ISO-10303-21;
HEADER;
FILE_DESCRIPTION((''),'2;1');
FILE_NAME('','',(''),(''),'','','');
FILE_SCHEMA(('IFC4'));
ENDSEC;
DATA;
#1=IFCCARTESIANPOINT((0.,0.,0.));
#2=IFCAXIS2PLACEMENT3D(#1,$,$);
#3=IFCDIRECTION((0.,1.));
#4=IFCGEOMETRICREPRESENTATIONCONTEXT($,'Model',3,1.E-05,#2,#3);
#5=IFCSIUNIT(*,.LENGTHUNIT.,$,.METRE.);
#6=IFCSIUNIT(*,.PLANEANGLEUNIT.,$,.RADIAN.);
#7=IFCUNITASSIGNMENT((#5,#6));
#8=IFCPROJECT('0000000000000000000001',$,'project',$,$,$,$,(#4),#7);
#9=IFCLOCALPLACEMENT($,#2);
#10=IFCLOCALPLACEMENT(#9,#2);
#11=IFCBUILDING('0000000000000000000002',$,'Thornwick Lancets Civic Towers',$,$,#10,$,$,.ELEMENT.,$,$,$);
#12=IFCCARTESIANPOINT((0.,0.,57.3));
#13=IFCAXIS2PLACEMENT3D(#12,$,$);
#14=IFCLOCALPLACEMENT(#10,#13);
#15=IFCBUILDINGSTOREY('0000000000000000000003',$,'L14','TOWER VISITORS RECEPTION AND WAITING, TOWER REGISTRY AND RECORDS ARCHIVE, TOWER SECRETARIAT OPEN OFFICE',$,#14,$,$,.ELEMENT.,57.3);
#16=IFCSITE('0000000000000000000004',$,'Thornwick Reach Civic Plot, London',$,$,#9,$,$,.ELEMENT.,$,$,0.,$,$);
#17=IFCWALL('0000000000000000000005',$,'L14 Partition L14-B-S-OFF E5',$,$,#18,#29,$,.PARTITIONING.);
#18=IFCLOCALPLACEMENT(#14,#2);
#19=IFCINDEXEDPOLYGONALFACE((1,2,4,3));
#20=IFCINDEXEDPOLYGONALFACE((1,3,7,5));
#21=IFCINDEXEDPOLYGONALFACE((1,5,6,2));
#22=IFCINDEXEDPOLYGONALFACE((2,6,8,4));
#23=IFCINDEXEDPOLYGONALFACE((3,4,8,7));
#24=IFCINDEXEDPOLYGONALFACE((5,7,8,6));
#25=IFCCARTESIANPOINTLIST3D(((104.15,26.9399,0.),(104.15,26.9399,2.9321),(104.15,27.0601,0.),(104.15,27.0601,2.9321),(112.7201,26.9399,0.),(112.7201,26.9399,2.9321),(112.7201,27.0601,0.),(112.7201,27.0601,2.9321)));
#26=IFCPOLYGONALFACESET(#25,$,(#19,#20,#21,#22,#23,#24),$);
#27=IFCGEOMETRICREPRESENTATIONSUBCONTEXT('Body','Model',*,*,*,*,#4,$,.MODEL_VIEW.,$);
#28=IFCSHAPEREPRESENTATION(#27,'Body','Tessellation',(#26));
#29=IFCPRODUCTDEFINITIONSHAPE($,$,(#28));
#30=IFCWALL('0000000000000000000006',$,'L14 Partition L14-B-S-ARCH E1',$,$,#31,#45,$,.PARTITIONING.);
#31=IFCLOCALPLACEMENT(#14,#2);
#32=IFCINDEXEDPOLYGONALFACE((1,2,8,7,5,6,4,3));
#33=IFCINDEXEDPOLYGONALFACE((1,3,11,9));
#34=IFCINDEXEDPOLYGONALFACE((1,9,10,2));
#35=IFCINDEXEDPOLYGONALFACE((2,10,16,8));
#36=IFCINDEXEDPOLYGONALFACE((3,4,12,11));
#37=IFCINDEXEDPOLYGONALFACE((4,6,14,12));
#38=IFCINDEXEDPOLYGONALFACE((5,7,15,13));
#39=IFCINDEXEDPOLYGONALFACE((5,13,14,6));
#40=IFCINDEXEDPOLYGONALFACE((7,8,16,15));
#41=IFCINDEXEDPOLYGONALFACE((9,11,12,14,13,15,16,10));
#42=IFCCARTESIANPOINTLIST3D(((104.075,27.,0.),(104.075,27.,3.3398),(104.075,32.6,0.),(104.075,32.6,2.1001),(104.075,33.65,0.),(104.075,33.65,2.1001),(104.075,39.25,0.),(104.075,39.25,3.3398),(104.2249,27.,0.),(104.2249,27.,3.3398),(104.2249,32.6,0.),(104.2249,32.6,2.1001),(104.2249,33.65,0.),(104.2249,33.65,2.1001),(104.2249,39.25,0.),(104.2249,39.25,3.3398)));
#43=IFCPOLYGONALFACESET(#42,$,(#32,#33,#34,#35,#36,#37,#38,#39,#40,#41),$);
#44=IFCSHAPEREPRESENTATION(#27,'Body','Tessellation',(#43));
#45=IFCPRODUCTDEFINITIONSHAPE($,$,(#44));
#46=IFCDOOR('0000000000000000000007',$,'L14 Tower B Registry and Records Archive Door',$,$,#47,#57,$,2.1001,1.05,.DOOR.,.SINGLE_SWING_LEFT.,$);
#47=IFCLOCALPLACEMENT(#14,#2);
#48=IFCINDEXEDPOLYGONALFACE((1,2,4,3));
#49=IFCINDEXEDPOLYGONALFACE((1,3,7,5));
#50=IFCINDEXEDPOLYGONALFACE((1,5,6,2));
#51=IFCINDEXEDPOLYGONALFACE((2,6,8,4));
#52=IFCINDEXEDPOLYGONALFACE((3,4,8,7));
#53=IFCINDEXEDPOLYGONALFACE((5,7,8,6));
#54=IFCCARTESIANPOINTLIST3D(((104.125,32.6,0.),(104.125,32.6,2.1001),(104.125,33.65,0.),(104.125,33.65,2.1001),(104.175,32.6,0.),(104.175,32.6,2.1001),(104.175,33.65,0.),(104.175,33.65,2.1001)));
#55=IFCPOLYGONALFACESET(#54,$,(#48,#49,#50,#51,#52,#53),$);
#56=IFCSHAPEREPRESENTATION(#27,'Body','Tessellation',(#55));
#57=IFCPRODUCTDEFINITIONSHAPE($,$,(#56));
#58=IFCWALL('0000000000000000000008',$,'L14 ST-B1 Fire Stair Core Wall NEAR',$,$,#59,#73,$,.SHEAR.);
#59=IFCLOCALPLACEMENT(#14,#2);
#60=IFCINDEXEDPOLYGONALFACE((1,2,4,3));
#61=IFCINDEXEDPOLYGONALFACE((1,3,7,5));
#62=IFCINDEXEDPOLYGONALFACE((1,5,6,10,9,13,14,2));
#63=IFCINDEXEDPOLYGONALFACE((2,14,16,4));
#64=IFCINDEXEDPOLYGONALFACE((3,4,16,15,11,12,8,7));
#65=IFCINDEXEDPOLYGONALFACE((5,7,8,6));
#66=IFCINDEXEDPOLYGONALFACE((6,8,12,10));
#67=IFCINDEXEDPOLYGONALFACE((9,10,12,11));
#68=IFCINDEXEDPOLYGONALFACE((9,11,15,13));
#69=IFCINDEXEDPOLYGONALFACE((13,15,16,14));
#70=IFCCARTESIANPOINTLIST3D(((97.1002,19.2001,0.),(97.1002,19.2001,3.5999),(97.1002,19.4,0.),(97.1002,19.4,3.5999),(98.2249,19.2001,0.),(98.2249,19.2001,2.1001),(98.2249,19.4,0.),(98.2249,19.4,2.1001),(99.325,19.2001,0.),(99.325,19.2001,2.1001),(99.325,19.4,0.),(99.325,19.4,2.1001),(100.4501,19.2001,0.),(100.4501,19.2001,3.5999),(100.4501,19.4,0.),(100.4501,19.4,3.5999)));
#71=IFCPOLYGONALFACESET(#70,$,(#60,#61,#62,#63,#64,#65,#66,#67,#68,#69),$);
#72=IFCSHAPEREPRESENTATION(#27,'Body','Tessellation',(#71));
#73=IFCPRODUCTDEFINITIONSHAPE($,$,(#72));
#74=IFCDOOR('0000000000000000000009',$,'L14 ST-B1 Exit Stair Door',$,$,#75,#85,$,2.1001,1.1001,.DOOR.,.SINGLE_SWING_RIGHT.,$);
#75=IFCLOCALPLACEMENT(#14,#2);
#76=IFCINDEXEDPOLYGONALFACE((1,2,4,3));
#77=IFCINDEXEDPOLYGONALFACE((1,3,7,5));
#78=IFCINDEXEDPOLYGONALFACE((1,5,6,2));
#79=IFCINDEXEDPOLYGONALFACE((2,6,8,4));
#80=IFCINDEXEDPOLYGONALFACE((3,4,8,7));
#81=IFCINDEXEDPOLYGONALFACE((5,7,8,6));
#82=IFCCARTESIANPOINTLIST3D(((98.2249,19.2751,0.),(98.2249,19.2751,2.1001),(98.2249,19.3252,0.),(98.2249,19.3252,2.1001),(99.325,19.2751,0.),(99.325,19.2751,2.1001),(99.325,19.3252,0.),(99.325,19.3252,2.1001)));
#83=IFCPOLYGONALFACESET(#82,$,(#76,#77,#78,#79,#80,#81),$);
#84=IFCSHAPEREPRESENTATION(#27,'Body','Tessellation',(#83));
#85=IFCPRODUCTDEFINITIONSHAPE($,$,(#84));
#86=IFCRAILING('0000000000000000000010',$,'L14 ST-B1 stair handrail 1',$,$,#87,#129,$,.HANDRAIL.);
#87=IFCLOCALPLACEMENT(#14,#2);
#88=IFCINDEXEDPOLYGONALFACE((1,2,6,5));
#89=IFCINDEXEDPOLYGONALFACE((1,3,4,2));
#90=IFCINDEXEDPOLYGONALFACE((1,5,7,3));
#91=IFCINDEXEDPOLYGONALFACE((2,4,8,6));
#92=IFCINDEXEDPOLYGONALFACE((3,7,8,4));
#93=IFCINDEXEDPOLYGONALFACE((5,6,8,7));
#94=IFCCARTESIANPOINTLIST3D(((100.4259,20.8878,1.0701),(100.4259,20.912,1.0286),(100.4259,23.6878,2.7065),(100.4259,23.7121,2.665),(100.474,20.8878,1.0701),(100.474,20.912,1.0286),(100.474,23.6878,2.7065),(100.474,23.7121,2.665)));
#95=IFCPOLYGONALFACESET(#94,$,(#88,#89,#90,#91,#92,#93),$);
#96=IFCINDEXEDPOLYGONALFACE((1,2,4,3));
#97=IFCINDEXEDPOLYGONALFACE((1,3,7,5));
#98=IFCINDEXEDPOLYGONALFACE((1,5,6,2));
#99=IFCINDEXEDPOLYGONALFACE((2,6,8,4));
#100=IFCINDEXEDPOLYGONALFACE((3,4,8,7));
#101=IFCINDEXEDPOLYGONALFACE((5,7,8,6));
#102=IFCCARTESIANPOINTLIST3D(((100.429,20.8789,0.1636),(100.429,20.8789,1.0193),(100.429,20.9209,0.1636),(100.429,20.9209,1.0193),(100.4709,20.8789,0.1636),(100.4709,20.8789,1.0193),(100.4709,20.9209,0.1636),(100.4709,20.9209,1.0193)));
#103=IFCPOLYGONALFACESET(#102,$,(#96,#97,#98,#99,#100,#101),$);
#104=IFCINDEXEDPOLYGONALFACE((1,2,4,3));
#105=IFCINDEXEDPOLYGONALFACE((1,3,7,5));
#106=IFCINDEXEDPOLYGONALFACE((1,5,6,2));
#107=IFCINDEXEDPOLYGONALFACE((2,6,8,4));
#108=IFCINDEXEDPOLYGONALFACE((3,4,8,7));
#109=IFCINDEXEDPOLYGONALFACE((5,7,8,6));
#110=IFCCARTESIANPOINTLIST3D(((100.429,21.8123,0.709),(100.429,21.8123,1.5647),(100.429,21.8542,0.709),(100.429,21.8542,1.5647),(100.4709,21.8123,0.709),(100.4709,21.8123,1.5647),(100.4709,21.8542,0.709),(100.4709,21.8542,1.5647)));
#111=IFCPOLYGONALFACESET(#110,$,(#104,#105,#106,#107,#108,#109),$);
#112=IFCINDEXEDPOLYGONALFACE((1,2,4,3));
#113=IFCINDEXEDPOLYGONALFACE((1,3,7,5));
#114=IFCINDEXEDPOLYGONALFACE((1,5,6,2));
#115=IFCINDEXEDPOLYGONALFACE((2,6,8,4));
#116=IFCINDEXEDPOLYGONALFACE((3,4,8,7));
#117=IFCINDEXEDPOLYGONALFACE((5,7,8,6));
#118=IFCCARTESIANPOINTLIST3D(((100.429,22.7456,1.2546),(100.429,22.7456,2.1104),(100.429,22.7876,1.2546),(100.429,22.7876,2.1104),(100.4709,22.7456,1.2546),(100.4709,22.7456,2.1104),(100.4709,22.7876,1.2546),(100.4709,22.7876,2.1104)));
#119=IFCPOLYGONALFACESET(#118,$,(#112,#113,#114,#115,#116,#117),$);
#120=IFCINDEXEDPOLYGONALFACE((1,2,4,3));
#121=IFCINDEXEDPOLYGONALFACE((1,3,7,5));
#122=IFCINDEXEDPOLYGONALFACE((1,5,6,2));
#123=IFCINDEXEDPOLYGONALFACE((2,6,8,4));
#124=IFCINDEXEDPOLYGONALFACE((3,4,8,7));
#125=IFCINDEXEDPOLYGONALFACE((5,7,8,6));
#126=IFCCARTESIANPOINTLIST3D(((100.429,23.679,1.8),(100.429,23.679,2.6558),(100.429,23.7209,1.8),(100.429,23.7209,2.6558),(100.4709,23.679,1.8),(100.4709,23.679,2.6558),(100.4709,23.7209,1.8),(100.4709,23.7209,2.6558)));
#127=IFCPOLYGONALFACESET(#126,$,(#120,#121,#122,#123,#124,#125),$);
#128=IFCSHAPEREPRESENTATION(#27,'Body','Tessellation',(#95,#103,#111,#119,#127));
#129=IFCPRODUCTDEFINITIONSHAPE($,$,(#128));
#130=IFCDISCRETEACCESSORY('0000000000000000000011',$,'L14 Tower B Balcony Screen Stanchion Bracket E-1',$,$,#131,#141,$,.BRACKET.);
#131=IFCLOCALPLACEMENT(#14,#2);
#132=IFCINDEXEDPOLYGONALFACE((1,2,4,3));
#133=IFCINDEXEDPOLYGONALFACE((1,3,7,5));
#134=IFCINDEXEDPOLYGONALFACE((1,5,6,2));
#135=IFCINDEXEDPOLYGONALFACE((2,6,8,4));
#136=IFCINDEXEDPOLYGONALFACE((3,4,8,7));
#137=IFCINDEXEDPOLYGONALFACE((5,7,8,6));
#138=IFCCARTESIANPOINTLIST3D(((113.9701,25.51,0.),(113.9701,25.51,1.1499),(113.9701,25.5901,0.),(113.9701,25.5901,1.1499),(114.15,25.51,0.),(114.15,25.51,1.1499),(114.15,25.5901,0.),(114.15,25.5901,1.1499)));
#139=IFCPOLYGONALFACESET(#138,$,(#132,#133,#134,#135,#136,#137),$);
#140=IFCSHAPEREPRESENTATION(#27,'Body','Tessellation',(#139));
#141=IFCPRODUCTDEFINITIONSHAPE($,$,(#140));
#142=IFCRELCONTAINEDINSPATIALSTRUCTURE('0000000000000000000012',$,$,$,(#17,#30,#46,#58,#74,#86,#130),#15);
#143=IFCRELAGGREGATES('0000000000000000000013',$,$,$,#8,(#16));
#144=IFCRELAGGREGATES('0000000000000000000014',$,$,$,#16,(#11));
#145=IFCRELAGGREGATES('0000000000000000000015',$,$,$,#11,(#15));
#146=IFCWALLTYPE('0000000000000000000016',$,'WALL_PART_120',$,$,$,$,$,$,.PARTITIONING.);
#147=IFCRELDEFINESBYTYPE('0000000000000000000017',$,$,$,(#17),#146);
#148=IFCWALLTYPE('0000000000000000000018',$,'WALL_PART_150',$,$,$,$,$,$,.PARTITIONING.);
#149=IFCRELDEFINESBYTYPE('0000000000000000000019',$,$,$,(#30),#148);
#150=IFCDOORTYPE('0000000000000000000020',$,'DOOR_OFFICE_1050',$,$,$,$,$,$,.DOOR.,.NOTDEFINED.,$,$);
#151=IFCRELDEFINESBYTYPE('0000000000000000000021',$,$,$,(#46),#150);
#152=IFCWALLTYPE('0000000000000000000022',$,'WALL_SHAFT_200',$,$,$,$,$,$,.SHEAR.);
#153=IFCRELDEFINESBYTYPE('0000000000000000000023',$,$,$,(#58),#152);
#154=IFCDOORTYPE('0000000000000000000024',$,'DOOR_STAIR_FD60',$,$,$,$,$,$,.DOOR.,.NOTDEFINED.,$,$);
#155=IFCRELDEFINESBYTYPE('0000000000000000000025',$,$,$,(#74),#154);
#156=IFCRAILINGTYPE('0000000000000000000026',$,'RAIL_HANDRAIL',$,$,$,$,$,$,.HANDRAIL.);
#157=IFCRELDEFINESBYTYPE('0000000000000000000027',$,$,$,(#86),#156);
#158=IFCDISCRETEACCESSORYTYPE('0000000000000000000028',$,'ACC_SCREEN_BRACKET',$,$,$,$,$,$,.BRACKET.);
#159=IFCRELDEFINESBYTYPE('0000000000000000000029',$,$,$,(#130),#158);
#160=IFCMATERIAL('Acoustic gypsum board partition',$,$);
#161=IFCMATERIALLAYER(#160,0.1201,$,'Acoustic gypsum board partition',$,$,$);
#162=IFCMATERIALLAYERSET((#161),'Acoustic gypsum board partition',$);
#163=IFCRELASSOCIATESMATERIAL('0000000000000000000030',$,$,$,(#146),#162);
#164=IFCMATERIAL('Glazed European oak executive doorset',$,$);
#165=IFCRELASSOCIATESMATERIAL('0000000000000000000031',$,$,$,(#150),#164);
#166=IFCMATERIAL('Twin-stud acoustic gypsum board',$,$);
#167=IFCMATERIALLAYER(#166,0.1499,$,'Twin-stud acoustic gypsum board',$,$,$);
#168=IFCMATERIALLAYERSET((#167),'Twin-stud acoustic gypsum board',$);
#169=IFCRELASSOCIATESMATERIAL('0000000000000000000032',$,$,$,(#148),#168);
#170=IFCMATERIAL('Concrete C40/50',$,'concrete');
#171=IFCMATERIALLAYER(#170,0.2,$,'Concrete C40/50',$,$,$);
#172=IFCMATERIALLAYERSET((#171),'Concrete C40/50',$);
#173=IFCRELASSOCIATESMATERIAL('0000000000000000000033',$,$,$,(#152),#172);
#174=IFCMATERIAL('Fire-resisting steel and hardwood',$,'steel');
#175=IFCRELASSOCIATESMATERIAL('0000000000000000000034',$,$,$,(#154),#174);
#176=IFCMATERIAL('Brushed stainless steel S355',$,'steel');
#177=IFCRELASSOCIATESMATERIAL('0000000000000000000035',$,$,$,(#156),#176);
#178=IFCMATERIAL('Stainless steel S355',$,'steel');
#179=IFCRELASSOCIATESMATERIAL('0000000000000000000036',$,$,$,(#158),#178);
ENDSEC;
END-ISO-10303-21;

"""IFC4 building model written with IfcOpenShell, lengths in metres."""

from ifc_helpers import new_model, si_unit, direction, frame, frame_2d, origin, origin_2d, place, context, subcontext, project, spatial, rectangle, extrude, material, layer, layer_set, type_object, element, fill, save


model = new_model("IFC4")

# Units and contexts
model_context = context("Model", 3, precision=1e-05, world=origin(), true_north=direction((0.0, 1.0)))
body_context = subcontext(model_context, "Body", "Model", "MODEL_VIEW")
ifc_project = project(units=[si_unit("LENGTHUNIT", "METRE"), si_unit("PLANEANGLEUNIT", "RADIAN")], contexts=[model_context])

# Site, building, storey
site_placement = place(None, origin())
site = spatial("IfcSite", under=ifc_project, at=site_placement, Name="Thornwick Reach Civic Plot, London", CompositionType="ELEMENT", RefElevation=0.0)
building_placement = place(site_placement, origin())
building = spatial("IfcBuilding", under=site, at=building_placement, Name="Thornwick Lancets Civic Towers", CompositionType="ELEMENT")
storey_placement = place(building_placement, frame((0.0, 0.0, 57.3)))
storey = spatial("IfcBuildingStorey", under=building, at=storey_placement, Name="L14", Description="TOWER VISITORS RECEPTION AND WAITING, TOWER REGISTRY AND RECORDS ARCHIVE, TOWER SECRETARIAT OPEN OFFICE", CompositionType="ELEMENT", Elevation=57.3)

# Shared definitions
ifc_material_1 = material(Name="Concrete C40/50", Category="concrete")

# Shared definitions
ifc_material_2 = material(Name="Acoustic gypsum board partition")
ifc_layer_1 = layer(ifc_material_2, 0.1201, Name="Acoustic gypsum board partition")
ifc_layer_set_1 = layer_set([ifc_layer_1], Name="Acoustic gypsum board partition")
wall_type_1 = type_object("IfcWallType", Name="WALL_PART_120", PredefinedType="PARTITIONING", material=ifc_layer_set_1)

# Shared definitions
ifc_material_3 = material(Name="Glazed European oak executive doorset")
door_type_1 = type_object("IfcDoorType", Name="DOOR_OFFICE_1050", OperationType="NOTDEFINED", PredefinedType="DOOR", material=ifc_material_3)

# Wall
wall_1_placement = place(storey_placement, frame((104.1499, 27.0, 0.0), z_axis=(0.0, 0.0, 1.0), x_axis=(1.0, 0.0, 0.0)))
element("IfcWall", 1, at=wall_1_placement, inside=storey, type_object=wall_type_1, Name="L14 Partition L14-B-S-OFF E5", PredefinedType="PARTITIONING", context=body_context, shape_type="SweptSolid", body=[
    extrude(rectangle(XDim=8.5701, YDim=0.1201, at=frame_2d((4.2852, 0.0))), origin(), (0.0, 0.0, 1.0), 2.9321),
])

# Walls, openings, doors
ifc_material_4 = material(Name="Twin-stud acoustic gypsum board")
ifc_layer_2 = layer(ifc_material_4, 0.1499, Name="Twin-stud acoustic gypsum board")
ifc_layer_set_2 = layer_set([ifc_layer_2], Name="Twin-stud acoustic gypsum board")
wall_type_2 = type_object("IfcWallType", Name="WALL_PART_150", PredefinedType="PARTITIONING", material=ifc_layer_set_2)
wall_2_placement = place(storey_placement, frame((104.1499, 27.0, 0.0), z_axis=(0.0, 0.0, 1.0), x_axis=(0.0, 1.0, 0.0)))
wall_2 = element("IfcWall", 2, at=wall_2_placement, inside=storey, type_object=wall_type_2, Name="L14 Partition L14-B-S-ARCH E1", PredefinedType="PARTITIONING", context=body_context, shape_type="SweptSolid", body=[
    extrude(rectangle(XDim=12.25, YDim=0.1499, at=frame_2d((6.125, 0.0))), origin(), (0.0, 0.0, 1.0), 3.3398),
])
opening_1_placement = place(wall_2_placement, frame((5.6001, 0.0, 0.0)))
opening_1 = element("IfcOpeningElement", 3, at=opening_1_placement, cuts=wall_2, PredefinedType="OPENING", context=body_context, shape_type="SweptSolid", body=[
    extrude(rectangle(XDim=1.05, YDim=2.1001, at=frame_2d((0.5249, 1.05))), frame((0.0, 0.085, 0.0), z_axis=(0.0, -1.0, 0.0), x_axis=(1.0, 0.0, 0.0)), (0.0, 0.0, 1.0), 0.1699),
])
door_1_placement = place(opening_1_placement, origin())
door_1 = element("IfcDoor", 4, at=door_1_placement, inside=storey, type_object=door_type_1, Name="L14 Tower B Registry and Records Archive Door", OperationType="SINGLE_SWING_LEFT", OverallHeight=2.1001, OverallWidth=1.05, PredefinedType="DOOR", context=body_context, shape_type="SweptSolid", body=[
    extrude(rectangle(XDim=1.05, YDim=2.1001, at=frame_2d((0.5249, 1.05))), frame((0.0, 0.0249, 0.0), z_axis=(0.0, -1.0, 0.0), x_axis=(1.0, 0.0, 0.0)), (0.0, 0.0, 1.0), 0.05),
])
fill(opening_1, door_1)
ifc_layer_3 = layer(ifc_material_1, 0.2, Name="Concrete C40/50")
ifc_layer_set_3 = layer_set([ifc_layer_3], Name="Concrete C40/50")
wall_type_3 = type_object("IfcWallType", Name="WALL_SHAFT_200", PredefinedType="SHEAR", material=ifc_layer_set_3)
wall_3_placement = place(storey_placement, frame((100.45, 19.3, 0.0), z_axis=(0.0, 0.0, 1.0), x_axis=(-1.0, 0.0, 0.0)))
wall_3 = element("IfcWall", 5, at=wall_3_placement, inside=storey, type_object=wall_type_3, Name="L14 ST-B1 Fire Stair Core Wall NEAR", PredefinedType="SHEAR", context=body_context, shape_type="SweptSolid", body=[
    extrude(rectangle(XDim=3.3499, YDim=0.2, at=frame_2d((1.6748, 0.0))), origin(), (0.0, 0.0, 1.0), 3.5999),
])
opening_2_placement = place(wall_3_placement, frame((1.125, 0.0, 0.0)))
opening_2 = element("IfcOpeningElement", 6, at=opening_2_placement, cuts=wall_3, PredefinedType="OPENING", context=body_context, shape_type="SweptSolid", body=[
    extrude(rectangle(XDim=1.1001, YDim=2.1001, at=frame_2d((0.55, 1.05))), frame((0.0, 0.1099, 0.0), z_axis=(0.0, -1.0, 0.0), x_axis=(1.0, 0.0, 0.0)), (0.0, 0.0, 1.0), 0.22),
])
ifc_material_5 = material(Name="Fire-resisting steel and hardwood", Category="steel")
door_type_2 = type_object("IfcDoorType", Name="DOOR_STAIR_FD60", OperationType="NOTDEFINED", PredefinedType="DOOR", material=ifc_material_5)
door_2_placement = place(opening_2_placement, origin())
door_2 = element("IfcDoor", 7, at=door_2_placement, inside=storey, type_object=door_type_2, Name="L14 ST-B1 Exit Stair Door", OperationType="SINGLE_SWING_RIGHT", OverallHeight=2.1001, OverallWidth=1.1001, PredefinedType="DOOR", context=body_context, shape_type="SweptSolid", body=[
    extrude(rectangle(XDim=1.1001, YDim=2.1001, at=frame_2d((0.55, 1.05))), frame((0.0, 0.0249, 0.0), z_axis=(0.0, -1.0, 0.0), x_axis=(1.0, 0.0, 0.0)), (0.0, 0.0, 1.0), 0.05),
])
fill(opening_2, door_2)

# Railing
ifc_material_6 = material(Name="Brushed stainless steel S355", Category="steel")
railing_type = type_object("IfcRailingType", Name="RAIL_HANDRAIL", PredefinedType="HANDRAIL", material=ifc_material_6)
railing_placement = place(storey_placement, frame((100.45, 20.8999, 0.1636)))
element("IfcRailing", 8, at=railing_placement, inside=storey, type_object=railing_type, Name="L14 ST-B1 stair handrail 1", PredefinedType="HANDRAIL", context=body_context, shape_type="SweptSolid", body=[
    extrude(rectangle(XDim=0.0481, YDim=0.0481, at=origin_2d()), frame((0.0, 0.0, 0.8857), z_axis=(0.0, 0.863361, 0.504587), x_axis=(-1.0, 0.0, 0.0)), (0.0, 0.0, 1.0), 3.2432),
    extrude(rectangle(XDim=0.042, YDim=0.042, at=origin_2d()), origin(), (0.0, 0.0, 1.0), 0.8557),
    extrude(rectangle(XDim=0.042, YDim=0.042, at=origin_2d()), frame((0.0, 0.9333, 0.5454)), (0.0, 0.0, 1.0), 0.8557),
    extrude(rectangle(XDim=0.042, YDim=0.042, at=origin_2d()), frame((0.0, 1.8667, 1.0911)), (0.0, 0.0, 1.0), 0.8557),
    extrude(rectangle(XDim=0.042, YDim=0.042, at=origin_2d()), frame((0.0, 2.8, 1.6365)), (0.0, 0.0, 1.0), 0.8557),
])

# Discrete accessory
ifc_material_7 = material(Name="Stainless steel S355", Category="steel")
discrete_accessory_type = type_object("IfcDiscreteAccessoryType", Name="ACC_SCREEN_BRACKET", PredefinedType="BRACKET", material=ifc_material_7)
discrete_accessory_placement = place(storey_placement, frame((114.0601, 25.55, 0.0), z_axis=(0.0, 0.0, 1.0), x_axis=(0.0, 1.0, 0.0)))
element("IfcDiscreteAccessory", 9, at=discrete_accessory_placement, inside=storey, type_object=discrete_accessory_type, Name="L14 Tower B Balcony Screen Stanchion Bracket E-1", PredefinedType="BRACKET", context=body_context, shape_type="SweptSolid", body=[
    extrude(rectangle(XDim=0.0801, YDim=0.1799, at=origin_2d()), origin(), (0.0, 0.0, 1.0), 1.1499),
])

save(model, "model.ifc")
